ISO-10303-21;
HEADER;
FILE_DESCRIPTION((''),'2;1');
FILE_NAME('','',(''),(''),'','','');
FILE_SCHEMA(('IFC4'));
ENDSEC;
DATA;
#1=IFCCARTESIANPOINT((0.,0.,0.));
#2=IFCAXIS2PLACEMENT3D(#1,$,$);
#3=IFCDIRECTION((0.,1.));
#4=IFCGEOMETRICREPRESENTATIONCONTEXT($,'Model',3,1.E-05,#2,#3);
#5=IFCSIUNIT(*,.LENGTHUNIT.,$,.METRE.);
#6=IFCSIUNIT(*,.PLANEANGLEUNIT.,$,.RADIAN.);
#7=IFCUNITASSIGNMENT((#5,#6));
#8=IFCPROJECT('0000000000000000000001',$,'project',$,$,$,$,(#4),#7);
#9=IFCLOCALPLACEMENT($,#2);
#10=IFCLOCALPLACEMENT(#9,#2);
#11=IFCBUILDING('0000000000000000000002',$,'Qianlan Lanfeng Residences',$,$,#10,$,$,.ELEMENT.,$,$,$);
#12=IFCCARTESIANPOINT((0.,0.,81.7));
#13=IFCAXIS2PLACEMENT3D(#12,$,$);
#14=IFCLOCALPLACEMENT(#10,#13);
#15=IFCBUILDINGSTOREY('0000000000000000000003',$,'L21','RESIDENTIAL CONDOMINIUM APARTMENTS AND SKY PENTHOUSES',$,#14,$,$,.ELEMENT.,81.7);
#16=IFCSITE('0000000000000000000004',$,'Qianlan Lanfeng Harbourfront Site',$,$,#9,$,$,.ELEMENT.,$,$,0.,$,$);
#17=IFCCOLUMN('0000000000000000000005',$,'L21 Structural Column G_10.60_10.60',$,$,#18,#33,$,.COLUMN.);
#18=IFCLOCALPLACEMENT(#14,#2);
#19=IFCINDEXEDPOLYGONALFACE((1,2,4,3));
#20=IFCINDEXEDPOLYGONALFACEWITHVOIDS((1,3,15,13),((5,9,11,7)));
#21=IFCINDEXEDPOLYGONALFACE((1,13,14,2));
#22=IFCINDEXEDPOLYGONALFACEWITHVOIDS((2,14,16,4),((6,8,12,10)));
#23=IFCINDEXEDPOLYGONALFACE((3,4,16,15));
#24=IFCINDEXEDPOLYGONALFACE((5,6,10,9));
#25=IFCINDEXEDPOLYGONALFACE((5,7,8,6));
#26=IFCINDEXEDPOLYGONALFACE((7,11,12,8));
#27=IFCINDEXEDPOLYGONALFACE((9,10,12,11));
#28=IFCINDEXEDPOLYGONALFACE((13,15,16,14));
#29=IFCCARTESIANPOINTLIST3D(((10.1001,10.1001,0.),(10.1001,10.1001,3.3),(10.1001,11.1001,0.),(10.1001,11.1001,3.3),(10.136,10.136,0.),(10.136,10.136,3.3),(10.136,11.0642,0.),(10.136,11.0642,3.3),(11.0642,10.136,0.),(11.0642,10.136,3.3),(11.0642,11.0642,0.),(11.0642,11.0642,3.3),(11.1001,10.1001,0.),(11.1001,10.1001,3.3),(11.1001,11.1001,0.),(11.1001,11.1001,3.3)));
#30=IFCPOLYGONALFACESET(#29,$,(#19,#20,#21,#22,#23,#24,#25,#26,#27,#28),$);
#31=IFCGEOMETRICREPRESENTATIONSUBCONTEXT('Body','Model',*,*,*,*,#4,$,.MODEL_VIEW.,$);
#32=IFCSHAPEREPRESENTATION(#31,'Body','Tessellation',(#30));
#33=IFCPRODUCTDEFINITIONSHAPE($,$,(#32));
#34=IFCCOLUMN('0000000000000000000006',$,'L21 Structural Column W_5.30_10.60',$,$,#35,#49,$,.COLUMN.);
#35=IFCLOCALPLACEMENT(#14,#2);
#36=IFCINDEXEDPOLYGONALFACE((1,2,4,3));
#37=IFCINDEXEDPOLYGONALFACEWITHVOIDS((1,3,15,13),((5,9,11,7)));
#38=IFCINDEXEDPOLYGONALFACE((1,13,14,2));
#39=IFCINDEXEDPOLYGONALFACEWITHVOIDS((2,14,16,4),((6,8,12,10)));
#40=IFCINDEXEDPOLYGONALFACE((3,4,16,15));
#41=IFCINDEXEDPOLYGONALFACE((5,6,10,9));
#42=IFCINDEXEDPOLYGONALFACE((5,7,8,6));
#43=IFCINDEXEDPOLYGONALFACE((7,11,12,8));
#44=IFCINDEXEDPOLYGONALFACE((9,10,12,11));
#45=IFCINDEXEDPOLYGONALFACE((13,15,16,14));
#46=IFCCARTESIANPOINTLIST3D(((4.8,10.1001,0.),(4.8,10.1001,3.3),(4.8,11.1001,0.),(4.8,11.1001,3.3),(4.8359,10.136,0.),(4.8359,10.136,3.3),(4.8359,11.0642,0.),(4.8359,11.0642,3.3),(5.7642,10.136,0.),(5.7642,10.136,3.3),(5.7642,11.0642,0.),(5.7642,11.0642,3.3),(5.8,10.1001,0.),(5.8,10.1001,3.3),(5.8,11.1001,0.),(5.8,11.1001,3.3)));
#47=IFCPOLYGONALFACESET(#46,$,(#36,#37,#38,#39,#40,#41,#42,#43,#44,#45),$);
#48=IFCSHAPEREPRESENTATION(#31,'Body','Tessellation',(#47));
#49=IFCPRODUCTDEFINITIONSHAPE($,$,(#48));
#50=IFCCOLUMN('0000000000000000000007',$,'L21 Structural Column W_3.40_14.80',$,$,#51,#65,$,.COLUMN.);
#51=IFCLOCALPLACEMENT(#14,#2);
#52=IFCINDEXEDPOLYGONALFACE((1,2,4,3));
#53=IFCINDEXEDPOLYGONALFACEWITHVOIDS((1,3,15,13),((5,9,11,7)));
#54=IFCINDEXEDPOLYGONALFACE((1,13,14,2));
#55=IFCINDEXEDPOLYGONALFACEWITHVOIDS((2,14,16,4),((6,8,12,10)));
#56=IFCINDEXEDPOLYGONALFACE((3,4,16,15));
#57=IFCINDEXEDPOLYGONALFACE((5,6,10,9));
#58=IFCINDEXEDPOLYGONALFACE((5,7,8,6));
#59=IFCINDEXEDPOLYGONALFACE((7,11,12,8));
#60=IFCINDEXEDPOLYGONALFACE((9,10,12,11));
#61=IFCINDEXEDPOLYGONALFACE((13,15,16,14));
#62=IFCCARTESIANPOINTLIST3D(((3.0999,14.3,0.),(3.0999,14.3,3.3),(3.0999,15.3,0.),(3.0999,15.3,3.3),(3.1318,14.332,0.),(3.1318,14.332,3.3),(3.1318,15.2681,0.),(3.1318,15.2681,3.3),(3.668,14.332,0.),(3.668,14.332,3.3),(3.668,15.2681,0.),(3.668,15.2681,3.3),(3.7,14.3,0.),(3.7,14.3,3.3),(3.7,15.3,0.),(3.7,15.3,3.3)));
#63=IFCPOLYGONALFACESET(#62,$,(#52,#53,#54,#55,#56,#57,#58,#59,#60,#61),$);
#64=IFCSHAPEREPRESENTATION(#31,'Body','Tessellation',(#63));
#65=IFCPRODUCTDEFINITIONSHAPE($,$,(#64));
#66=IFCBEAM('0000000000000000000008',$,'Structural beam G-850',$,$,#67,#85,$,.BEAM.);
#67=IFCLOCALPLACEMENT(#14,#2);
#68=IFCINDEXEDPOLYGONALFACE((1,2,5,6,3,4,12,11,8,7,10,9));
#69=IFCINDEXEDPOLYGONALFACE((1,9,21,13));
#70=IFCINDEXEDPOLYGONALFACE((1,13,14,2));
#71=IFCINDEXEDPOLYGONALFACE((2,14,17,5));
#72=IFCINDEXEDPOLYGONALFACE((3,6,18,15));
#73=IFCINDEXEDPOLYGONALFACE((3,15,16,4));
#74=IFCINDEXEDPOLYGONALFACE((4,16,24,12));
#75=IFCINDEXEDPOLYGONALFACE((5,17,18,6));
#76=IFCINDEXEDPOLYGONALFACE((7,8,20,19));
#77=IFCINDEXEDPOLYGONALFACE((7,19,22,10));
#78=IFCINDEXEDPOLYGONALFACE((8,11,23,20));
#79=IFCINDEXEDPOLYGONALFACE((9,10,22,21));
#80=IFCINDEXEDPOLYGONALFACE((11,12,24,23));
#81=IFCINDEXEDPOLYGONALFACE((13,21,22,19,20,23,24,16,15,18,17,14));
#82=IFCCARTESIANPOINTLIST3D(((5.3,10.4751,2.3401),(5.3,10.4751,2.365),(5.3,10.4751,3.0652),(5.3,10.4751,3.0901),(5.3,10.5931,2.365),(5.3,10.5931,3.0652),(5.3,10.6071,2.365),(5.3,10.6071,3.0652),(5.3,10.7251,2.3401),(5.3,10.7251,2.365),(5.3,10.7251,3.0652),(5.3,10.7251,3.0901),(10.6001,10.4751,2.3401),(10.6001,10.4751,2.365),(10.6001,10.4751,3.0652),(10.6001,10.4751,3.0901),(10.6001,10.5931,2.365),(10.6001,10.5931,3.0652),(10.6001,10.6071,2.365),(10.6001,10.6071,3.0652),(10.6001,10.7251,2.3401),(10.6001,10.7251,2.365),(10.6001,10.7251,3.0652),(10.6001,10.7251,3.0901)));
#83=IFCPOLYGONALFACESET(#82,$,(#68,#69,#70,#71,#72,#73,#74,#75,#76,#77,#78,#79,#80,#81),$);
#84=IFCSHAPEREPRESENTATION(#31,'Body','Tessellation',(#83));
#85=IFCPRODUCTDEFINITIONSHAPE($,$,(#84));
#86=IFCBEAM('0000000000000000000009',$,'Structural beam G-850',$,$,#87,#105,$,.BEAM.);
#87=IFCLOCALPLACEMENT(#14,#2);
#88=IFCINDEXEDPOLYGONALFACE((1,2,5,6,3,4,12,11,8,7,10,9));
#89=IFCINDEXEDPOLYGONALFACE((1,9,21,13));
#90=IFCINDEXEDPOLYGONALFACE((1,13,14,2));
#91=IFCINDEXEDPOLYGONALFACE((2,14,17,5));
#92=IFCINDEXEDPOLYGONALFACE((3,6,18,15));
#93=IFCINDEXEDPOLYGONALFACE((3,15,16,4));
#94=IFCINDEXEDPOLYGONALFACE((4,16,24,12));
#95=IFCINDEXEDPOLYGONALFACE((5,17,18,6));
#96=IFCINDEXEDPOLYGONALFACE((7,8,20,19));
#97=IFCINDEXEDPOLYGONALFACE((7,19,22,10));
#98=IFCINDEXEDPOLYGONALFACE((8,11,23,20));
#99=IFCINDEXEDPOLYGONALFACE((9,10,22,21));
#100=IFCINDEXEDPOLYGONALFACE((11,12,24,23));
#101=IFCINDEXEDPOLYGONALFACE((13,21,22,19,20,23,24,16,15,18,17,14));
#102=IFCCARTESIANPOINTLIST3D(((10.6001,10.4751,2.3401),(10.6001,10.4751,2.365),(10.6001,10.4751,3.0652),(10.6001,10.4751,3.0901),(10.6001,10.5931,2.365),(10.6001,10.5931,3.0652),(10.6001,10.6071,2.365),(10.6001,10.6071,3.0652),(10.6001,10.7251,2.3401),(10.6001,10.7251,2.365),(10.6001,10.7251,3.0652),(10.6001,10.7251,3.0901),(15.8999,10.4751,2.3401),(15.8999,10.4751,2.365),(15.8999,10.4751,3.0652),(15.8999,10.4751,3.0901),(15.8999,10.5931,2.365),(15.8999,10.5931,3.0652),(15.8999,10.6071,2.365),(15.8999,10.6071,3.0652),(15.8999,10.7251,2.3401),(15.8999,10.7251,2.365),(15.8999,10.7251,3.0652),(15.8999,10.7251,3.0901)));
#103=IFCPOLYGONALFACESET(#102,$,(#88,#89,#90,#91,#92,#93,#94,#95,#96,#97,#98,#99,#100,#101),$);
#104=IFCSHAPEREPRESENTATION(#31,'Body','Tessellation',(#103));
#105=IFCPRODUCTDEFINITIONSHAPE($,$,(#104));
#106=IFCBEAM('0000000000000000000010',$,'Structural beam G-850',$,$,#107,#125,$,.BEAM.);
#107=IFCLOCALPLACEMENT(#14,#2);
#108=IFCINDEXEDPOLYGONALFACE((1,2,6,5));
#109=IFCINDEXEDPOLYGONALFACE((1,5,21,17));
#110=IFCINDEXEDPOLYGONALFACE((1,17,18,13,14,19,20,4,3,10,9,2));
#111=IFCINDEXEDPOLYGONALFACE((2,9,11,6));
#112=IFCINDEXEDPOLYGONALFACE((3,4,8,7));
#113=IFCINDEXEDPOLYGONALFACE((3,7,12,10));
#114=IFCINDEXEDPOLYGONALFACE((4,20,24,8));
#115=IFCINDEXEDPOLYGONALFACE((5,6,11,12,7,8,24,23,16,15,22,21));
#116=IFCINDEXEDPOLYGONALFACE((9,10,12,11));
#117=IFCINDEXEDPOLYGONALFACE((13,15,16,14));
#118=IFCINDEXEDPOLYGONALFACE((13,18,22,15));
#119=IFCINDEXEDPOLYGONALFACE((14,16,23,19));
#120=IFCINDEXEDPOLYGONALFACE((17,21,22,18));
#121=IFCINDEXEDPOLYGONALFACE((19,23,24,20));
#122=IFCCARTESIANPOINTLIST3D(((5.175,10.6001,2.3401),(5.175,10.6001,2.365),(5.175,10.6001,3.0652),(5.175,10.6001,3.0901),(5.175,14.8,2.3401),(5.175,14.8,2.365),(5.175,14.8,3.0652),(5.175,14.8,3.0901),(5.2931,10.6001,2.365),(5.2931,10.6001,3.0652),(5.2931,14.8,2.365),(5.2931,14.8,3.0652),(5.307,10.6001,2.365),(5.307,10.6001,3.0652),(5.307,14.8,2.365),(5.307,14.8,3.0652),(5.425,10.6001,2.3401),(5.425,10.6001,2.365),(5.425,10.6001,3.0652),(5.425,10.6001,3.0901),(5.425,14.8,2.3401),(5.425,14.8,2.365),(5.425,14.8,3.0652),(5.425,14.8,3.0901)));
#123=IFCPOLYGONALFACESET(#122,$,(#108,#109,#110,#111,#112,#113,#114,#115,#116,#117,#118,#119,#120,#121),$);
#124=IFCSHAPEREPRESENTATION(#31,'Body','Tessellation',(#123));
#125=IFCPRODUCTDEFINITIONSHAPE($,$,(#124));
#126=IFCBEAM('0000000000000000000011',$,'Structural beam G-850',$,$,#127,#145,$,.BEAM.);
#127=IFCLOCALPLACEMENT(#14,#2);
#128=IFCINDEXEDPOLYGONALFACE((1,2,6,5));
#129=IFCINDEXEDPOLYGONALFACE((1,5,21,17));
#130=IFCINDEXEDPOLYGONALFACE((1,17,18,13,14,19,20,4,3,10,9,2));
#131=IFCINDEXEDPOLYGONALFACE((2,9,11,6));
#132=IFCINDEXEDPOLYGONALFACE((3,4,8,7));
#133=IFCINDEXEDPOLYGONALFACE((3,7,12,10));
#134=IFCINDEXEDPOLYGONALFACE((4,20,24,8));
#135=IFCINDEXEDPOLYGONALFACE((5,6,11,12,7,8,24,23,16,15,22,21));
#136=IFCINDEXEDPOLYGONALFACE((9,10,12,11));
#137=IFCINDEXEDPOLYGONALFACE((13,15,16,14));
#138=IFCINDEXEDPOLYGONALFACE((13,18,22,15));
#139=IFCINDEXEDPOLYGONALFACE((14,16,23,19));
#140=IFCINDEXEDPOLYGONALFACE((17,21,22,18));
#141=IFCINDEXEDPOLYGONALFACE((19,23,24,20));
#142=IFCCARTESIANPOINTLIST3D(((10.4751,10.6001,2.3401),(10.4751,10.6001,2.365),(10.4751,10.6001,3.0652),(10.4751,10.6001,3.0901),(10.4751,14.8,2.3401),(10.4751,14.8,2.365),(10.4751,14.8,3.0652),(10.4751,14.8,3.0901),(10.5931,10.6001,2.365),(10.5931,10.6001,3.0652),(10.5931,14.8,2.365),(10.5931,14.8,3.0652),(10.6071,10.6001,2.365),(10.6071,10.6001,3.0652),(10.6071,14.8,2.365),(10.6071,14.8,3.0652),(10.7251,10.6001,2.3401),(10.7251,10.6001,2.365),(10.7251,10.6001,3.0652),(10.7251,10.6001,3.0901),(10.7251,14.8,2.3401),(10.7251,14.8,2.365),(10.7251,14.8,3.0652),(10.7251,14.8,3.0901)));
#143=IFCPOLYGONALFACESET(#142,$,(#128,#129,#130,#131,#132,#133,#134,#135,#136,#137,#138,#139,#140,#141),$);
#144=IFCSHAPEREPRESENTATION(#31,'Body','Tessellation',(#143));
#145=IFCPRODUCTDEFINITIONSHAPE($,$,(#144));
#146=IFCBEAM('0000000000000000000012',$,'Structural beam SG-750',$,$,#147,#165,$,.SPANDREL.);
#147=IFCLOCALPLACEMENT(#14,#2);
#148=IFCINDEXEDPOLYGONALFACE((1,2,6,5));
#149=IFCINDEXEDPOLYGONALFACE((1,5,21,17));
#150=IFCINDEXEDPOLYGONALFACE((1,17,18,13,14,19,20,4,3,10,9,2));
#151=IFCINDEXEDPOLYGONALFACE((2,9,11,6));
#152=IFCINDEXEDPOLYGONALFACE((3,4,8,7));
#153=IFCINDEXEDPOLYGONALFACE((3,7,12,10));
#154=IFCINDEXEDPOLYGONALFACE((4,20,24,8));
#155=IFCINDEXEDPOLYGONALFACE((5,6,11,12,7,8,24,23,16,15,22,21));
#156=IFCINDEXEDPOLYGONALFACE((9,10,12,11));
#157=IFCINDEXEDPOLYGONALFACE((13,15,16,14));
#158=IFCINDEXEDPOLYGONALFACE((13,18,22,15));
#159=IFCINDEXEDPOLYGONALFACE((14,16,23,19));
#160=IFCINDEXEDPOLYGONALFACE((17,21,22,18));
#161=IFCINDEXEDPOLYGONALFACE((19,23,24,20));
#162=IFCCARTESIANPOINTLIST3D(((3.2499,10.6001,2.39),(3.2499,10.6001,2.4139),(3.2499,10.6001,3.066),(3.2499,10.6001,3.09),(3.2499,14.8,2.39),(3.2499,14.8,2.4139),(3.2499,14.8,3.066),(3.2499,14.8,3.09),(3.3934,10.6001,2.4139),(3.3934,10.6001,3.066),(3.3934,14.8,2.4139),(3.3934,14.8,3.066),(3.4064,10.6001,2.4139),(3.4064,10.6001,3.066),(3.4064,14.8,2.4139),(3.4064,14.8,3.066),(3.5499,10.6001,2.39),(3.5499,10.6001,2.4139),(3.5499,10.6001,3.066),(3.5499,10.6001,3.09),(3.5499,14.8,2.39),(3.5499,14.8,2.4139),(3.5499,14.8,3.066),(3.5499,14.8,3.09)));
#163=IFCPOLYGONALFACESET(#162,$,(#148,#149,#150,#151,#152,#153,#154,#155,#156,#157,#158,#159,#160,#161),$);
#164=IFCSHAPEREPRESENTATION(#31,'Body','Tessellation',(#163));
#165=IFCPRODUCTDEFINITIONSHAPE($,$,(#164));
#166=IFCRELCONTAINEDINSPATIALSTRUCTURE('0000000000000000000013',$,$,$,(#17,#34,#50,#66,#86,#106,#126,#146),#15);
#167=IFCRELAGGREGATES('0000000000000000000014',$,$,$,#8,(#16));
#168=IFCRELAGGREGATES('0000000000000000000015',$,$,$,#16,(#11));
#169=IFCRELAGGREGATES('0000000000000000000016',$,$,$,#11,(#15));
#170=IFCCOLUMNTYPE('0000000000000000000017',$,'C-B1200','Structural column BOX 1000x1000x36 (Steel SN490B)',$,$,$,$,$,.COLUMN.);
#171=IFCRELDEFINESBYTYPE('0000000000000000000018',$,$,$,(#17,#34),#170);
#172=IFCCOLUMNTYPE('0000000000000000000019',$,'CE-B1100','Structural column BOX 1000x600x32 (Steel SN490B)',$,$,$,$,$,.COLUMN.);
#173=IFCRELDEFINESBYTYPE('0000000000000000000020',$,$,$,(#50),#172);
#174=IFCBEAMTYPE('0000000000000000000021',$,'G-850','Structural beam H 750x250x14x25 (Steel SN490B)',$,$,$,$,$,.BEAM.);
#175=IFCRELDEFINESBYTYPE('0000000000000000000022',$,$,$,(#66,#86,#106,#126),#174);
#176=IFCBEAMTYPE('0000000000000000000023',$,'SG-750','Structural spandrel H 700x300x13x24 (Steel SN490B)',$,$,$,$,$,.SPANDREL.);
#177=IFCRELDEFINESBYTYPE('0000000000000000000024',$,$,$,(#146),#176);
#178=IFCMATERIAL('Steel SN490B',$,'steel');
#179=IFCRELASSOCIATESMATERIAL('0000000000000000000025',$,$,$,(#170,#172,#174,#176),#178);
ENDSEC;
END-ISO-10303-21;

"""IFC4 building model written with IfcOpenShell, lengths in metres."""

from ifc_helpers import new_model, si_unit, direction, frame, origin, origin_2d, place, context, subcontext, project, spatial, hollow_rectangle, i_section, extrude, material, material_profile, profile_set, type_object, element, save


model = new_model("IFC4")

# Units and contexts
model_context = context("Model", 3, precision=1e-05, world=origin(), true_north=direction((0.0, 1.0)))
body_context = subcontext(model_context, "Body", "Model", "MODEL_VIEW")
ifc_project = project(units=[si_unit("LENGTHUNIT", "METRE"), si_unit("PLANEANGLEUNIT", "RADIAN")], contexts=[model_context])

# Site, building, storey
site_placement = place(None, origin())
site = spatial("IfcSite", under=ifc_project, at=site_placement, Name="Qianlan Lanfeng Harbourfront Site", CompositionType="ELEMENT", RefElevation=0.0)
building_placement = place(site_placement, origin())
building = spatial("IfcBuilding", under=site, at=building_placement, Name="Qianlan Lanfeng Residences", CompositionType="ELEMENT")
storey_placement = place(building_placement, frame((0.0, 0.0, 81.7)))
storey = spatial("IfcBuildingStorey", under=building, at=storey_placement, Name="L21", Description="RESIDENTIAL CONDOMINIUM APARTMENTS AND SKY PENTHOUSES", CompositionType="ELEMENT", Elevation=81.7)

# Columns
ifc_material_1 = material(Name="Steel SN490B", Category="steel")
ifc_material_profile_1 = material_profile(ifc_material_1, hollow_rectangle(XDim=1.0, YDim=1.0, WallThickness=0.0359, at=origin_2d()), Name="BOX 1000x1000x36")
ifc_profile_set_1 = profile_set([ifc_material_profile_1], Name="Steel SN490B")
column_type_1 = type_object("IfcColumnType", Name="C-B1200", Description="Structural column BOX 1000x1000x36 (Steel SN490B)", PredefinedType="COLUMN", material=ifc_profile_set_1)
for number, where, z_axis, x_axis, name in (
    (1, (10.6001, 10.6001, 0.0), (0.0, 0.0, 1.0), (1.0, 0.0, 0.0), "L21 Structural Column G_10.60_10.60"),
    (2, (5.3, 10.6001, 0.0), (0.0, 0.0, 1.0), (1.0, 0.0, 0.0), "L21 Structural Column W_5.30_10.60"),
):
    element("IfcColumn", number, at=place(storey_placement, frame(where, z_axis=z_axis, x_axis=x_axis)), inside=storey, type_object=column_type_1, Name=name, PredefinedType="COLUMN", context=body_context, shape_type="SweptSolid", body=[
        extrude(hollow_rectangle(XDim=1.0, YDim=1.0, WallThickness=0.0359, at=origin_2d()), origin(), (0.0, 0.0, 1.0), 3.3),
    ])
ifc_material_profile_2 = material_profile(ifc_material_1, hollow_rectangle(XDim=0.6001, YDim=1.0, WallThickness=0.032, at=origin_2d()), Name="BOX 1000x600x32")
ifc_profile_set_2 = profile_set([ifc_material_profile_2], Name="Steel SN490B")
column_type_2 = type_object("IfcColumnType", Name="CE-B1100", Description="Structural column BOX 1000x600x32 (Steel SN490B)", PredefinedType="COLUMN", material=ifc_profile_set_2)
column_placement = place(storey_placement, frame((3.3999, 14.8, 0.0), z_axis=(0.0, 0.0, 1.0), x_axis=(1.0, 0.0, 0.0)))
element("IfcColumn", 3, at=column_placement, inside=storey, type_object=column_type_2, Name="L21 Structural Column W_3.40_14.80", PredefinedType="COLUMN", context=body_context, shape_type="SweptSolid", body=[
    extrude(hollow_rectangle(XDim=0.6001, YDim=1.0, WallThickness=0.032, at=origin_2d()), origin(), (0.0, 0.0, 1.0), 3.3),
])

# Beams
ifc_material_profile_3 = material_profile(ifc_material_1, i_section(OverallWidth=0.25, OverallDepth=0.75, WebThickness=0.0139, FlangeThickness=0.0249, at=origin_2d()), Name="H 750x250x14x25")
ifc_profile_set_3 = profile_set([ifc_material_profile_3], Name="Steel SN490B")
beam_type_1 = type_object("IfcBeamType", Name="G-850", Description="Structural beam H 750x250x14x25 (Steel SN490B)", PredefinedType="BEAM", material=ifc_profile_set_3)
beam_1_placement = place(storey_placement, frame((5.3, 10.6001, 2.7151), z_axis=(1.0, 0.0, 0.0), x_axis=(0.0, 1.0, 0.0)))
element("IfcBeam", 4, at=beam_1_placement, inside=storey, type_object=beam_type_1, Name="Structural beam G-850", PredefinedType="BEAM", context=body_context, shape_type="SweptSolid", body=[
    extrude(i_section(OverallWidth=0.25, OverallDepth=0.75, WebThickness=0.0139, FlangeThickness=0.0249, at=origin_2d()), origin(), (0.0, 0.0, 1.0), 5.3),
])
beam_2_placement = place(storey_placement, frame((10.6001, 10.6001, 2.7151), z_axis=(1.0, 0.0, 0.0), x_axis=(0.0, 1.0, 0.0)))
element("IfcBeam", 5, at=beam_2_placement, inside=storey, type_object=beam_type_1, Name="Structural beam G-850", PredefinedType="BEAM", context=body_context, shape_type="SweptSolid", body=[
    extrude(i_section(OverallWidth=0.25, OverallDepth=0.75, WebThickness=0.0139, FlangeThickness=0.0249, at=origin_2d()), origin(), (0.0, 0.0, 1.0), 5.2998),
])
for number, where, z_axis, x_axis, name in (
    (6, (5.3, 10.6001, 2.7151), (0.0, 1.0, 0.0), (-1.0, 0.0, 0.0), "Structural beam G-850"),
    (7, (10.6001, 10.6001, 2.7151), (0.0, 1.0, 0.0), (-1.0, 0.0, 0.0), "Structural beam G-850"),
):
    element("IfcBeam", number, at=place(storey_placement, frame(where, z_axis=z_axis, x_axis=x_axis)), inside=storey, type_object=beam_type_1, Name=name, PredefinedType="BEAM", context=body_context, shape_type="SweptSolid", body=[
        extrude(i_section(OverallWidth=0.25, OverallDepth=0.75, WebThickness=0.0139, FlangeThickness=0.0249, at=origin_2d()), origin(), (0.0, 0.0, 1.0), 4.2),
    ])
ifc_material_profile_4 = material_profile(ifc_material_1, i_section(OverallWidth=0.3, OverallDepth=0.7, WebThickness=0.0129, FlangeThickness=0.0239, at=origin_2d()), Name="H 700x300x13x24")
ifc_profile_set_4 = profile_set([ifc_material_profile_4], Name="Steel SN490B")
beam_type_2 = type_object("IfcBeamType", Name="SG-750", Description="Structural spandrel H 700x300x13x24 (Steel SN490B)", PredefinedType="SPANDREL", material=ifc_profile_set_4)
beam_3_placement = place(storey_placement, frame((3.3999, 10.6001, 2.74), z_axis=(0.0, 1.0, 0.0), x_axis=(-1.0, 0.0, 0.0)))
element("IfcBeam", 8, at=beam_3_placement, inside=storey, type_object=beam_type_2, Name="Structural beam SG-750", PredefinedType="SPANDREL", context=body_context, shape_type="SweptSolid", body=[
    extrude(i_section(OverallWidth=0.3, OverallDepth=0.7, WebThickness=0.0129, FlangeThickness=0.0239, at=origin_2d()), origin(), (0.0, 0.0, 1.0), 4.2),
])

save(model, "model.ifc")
